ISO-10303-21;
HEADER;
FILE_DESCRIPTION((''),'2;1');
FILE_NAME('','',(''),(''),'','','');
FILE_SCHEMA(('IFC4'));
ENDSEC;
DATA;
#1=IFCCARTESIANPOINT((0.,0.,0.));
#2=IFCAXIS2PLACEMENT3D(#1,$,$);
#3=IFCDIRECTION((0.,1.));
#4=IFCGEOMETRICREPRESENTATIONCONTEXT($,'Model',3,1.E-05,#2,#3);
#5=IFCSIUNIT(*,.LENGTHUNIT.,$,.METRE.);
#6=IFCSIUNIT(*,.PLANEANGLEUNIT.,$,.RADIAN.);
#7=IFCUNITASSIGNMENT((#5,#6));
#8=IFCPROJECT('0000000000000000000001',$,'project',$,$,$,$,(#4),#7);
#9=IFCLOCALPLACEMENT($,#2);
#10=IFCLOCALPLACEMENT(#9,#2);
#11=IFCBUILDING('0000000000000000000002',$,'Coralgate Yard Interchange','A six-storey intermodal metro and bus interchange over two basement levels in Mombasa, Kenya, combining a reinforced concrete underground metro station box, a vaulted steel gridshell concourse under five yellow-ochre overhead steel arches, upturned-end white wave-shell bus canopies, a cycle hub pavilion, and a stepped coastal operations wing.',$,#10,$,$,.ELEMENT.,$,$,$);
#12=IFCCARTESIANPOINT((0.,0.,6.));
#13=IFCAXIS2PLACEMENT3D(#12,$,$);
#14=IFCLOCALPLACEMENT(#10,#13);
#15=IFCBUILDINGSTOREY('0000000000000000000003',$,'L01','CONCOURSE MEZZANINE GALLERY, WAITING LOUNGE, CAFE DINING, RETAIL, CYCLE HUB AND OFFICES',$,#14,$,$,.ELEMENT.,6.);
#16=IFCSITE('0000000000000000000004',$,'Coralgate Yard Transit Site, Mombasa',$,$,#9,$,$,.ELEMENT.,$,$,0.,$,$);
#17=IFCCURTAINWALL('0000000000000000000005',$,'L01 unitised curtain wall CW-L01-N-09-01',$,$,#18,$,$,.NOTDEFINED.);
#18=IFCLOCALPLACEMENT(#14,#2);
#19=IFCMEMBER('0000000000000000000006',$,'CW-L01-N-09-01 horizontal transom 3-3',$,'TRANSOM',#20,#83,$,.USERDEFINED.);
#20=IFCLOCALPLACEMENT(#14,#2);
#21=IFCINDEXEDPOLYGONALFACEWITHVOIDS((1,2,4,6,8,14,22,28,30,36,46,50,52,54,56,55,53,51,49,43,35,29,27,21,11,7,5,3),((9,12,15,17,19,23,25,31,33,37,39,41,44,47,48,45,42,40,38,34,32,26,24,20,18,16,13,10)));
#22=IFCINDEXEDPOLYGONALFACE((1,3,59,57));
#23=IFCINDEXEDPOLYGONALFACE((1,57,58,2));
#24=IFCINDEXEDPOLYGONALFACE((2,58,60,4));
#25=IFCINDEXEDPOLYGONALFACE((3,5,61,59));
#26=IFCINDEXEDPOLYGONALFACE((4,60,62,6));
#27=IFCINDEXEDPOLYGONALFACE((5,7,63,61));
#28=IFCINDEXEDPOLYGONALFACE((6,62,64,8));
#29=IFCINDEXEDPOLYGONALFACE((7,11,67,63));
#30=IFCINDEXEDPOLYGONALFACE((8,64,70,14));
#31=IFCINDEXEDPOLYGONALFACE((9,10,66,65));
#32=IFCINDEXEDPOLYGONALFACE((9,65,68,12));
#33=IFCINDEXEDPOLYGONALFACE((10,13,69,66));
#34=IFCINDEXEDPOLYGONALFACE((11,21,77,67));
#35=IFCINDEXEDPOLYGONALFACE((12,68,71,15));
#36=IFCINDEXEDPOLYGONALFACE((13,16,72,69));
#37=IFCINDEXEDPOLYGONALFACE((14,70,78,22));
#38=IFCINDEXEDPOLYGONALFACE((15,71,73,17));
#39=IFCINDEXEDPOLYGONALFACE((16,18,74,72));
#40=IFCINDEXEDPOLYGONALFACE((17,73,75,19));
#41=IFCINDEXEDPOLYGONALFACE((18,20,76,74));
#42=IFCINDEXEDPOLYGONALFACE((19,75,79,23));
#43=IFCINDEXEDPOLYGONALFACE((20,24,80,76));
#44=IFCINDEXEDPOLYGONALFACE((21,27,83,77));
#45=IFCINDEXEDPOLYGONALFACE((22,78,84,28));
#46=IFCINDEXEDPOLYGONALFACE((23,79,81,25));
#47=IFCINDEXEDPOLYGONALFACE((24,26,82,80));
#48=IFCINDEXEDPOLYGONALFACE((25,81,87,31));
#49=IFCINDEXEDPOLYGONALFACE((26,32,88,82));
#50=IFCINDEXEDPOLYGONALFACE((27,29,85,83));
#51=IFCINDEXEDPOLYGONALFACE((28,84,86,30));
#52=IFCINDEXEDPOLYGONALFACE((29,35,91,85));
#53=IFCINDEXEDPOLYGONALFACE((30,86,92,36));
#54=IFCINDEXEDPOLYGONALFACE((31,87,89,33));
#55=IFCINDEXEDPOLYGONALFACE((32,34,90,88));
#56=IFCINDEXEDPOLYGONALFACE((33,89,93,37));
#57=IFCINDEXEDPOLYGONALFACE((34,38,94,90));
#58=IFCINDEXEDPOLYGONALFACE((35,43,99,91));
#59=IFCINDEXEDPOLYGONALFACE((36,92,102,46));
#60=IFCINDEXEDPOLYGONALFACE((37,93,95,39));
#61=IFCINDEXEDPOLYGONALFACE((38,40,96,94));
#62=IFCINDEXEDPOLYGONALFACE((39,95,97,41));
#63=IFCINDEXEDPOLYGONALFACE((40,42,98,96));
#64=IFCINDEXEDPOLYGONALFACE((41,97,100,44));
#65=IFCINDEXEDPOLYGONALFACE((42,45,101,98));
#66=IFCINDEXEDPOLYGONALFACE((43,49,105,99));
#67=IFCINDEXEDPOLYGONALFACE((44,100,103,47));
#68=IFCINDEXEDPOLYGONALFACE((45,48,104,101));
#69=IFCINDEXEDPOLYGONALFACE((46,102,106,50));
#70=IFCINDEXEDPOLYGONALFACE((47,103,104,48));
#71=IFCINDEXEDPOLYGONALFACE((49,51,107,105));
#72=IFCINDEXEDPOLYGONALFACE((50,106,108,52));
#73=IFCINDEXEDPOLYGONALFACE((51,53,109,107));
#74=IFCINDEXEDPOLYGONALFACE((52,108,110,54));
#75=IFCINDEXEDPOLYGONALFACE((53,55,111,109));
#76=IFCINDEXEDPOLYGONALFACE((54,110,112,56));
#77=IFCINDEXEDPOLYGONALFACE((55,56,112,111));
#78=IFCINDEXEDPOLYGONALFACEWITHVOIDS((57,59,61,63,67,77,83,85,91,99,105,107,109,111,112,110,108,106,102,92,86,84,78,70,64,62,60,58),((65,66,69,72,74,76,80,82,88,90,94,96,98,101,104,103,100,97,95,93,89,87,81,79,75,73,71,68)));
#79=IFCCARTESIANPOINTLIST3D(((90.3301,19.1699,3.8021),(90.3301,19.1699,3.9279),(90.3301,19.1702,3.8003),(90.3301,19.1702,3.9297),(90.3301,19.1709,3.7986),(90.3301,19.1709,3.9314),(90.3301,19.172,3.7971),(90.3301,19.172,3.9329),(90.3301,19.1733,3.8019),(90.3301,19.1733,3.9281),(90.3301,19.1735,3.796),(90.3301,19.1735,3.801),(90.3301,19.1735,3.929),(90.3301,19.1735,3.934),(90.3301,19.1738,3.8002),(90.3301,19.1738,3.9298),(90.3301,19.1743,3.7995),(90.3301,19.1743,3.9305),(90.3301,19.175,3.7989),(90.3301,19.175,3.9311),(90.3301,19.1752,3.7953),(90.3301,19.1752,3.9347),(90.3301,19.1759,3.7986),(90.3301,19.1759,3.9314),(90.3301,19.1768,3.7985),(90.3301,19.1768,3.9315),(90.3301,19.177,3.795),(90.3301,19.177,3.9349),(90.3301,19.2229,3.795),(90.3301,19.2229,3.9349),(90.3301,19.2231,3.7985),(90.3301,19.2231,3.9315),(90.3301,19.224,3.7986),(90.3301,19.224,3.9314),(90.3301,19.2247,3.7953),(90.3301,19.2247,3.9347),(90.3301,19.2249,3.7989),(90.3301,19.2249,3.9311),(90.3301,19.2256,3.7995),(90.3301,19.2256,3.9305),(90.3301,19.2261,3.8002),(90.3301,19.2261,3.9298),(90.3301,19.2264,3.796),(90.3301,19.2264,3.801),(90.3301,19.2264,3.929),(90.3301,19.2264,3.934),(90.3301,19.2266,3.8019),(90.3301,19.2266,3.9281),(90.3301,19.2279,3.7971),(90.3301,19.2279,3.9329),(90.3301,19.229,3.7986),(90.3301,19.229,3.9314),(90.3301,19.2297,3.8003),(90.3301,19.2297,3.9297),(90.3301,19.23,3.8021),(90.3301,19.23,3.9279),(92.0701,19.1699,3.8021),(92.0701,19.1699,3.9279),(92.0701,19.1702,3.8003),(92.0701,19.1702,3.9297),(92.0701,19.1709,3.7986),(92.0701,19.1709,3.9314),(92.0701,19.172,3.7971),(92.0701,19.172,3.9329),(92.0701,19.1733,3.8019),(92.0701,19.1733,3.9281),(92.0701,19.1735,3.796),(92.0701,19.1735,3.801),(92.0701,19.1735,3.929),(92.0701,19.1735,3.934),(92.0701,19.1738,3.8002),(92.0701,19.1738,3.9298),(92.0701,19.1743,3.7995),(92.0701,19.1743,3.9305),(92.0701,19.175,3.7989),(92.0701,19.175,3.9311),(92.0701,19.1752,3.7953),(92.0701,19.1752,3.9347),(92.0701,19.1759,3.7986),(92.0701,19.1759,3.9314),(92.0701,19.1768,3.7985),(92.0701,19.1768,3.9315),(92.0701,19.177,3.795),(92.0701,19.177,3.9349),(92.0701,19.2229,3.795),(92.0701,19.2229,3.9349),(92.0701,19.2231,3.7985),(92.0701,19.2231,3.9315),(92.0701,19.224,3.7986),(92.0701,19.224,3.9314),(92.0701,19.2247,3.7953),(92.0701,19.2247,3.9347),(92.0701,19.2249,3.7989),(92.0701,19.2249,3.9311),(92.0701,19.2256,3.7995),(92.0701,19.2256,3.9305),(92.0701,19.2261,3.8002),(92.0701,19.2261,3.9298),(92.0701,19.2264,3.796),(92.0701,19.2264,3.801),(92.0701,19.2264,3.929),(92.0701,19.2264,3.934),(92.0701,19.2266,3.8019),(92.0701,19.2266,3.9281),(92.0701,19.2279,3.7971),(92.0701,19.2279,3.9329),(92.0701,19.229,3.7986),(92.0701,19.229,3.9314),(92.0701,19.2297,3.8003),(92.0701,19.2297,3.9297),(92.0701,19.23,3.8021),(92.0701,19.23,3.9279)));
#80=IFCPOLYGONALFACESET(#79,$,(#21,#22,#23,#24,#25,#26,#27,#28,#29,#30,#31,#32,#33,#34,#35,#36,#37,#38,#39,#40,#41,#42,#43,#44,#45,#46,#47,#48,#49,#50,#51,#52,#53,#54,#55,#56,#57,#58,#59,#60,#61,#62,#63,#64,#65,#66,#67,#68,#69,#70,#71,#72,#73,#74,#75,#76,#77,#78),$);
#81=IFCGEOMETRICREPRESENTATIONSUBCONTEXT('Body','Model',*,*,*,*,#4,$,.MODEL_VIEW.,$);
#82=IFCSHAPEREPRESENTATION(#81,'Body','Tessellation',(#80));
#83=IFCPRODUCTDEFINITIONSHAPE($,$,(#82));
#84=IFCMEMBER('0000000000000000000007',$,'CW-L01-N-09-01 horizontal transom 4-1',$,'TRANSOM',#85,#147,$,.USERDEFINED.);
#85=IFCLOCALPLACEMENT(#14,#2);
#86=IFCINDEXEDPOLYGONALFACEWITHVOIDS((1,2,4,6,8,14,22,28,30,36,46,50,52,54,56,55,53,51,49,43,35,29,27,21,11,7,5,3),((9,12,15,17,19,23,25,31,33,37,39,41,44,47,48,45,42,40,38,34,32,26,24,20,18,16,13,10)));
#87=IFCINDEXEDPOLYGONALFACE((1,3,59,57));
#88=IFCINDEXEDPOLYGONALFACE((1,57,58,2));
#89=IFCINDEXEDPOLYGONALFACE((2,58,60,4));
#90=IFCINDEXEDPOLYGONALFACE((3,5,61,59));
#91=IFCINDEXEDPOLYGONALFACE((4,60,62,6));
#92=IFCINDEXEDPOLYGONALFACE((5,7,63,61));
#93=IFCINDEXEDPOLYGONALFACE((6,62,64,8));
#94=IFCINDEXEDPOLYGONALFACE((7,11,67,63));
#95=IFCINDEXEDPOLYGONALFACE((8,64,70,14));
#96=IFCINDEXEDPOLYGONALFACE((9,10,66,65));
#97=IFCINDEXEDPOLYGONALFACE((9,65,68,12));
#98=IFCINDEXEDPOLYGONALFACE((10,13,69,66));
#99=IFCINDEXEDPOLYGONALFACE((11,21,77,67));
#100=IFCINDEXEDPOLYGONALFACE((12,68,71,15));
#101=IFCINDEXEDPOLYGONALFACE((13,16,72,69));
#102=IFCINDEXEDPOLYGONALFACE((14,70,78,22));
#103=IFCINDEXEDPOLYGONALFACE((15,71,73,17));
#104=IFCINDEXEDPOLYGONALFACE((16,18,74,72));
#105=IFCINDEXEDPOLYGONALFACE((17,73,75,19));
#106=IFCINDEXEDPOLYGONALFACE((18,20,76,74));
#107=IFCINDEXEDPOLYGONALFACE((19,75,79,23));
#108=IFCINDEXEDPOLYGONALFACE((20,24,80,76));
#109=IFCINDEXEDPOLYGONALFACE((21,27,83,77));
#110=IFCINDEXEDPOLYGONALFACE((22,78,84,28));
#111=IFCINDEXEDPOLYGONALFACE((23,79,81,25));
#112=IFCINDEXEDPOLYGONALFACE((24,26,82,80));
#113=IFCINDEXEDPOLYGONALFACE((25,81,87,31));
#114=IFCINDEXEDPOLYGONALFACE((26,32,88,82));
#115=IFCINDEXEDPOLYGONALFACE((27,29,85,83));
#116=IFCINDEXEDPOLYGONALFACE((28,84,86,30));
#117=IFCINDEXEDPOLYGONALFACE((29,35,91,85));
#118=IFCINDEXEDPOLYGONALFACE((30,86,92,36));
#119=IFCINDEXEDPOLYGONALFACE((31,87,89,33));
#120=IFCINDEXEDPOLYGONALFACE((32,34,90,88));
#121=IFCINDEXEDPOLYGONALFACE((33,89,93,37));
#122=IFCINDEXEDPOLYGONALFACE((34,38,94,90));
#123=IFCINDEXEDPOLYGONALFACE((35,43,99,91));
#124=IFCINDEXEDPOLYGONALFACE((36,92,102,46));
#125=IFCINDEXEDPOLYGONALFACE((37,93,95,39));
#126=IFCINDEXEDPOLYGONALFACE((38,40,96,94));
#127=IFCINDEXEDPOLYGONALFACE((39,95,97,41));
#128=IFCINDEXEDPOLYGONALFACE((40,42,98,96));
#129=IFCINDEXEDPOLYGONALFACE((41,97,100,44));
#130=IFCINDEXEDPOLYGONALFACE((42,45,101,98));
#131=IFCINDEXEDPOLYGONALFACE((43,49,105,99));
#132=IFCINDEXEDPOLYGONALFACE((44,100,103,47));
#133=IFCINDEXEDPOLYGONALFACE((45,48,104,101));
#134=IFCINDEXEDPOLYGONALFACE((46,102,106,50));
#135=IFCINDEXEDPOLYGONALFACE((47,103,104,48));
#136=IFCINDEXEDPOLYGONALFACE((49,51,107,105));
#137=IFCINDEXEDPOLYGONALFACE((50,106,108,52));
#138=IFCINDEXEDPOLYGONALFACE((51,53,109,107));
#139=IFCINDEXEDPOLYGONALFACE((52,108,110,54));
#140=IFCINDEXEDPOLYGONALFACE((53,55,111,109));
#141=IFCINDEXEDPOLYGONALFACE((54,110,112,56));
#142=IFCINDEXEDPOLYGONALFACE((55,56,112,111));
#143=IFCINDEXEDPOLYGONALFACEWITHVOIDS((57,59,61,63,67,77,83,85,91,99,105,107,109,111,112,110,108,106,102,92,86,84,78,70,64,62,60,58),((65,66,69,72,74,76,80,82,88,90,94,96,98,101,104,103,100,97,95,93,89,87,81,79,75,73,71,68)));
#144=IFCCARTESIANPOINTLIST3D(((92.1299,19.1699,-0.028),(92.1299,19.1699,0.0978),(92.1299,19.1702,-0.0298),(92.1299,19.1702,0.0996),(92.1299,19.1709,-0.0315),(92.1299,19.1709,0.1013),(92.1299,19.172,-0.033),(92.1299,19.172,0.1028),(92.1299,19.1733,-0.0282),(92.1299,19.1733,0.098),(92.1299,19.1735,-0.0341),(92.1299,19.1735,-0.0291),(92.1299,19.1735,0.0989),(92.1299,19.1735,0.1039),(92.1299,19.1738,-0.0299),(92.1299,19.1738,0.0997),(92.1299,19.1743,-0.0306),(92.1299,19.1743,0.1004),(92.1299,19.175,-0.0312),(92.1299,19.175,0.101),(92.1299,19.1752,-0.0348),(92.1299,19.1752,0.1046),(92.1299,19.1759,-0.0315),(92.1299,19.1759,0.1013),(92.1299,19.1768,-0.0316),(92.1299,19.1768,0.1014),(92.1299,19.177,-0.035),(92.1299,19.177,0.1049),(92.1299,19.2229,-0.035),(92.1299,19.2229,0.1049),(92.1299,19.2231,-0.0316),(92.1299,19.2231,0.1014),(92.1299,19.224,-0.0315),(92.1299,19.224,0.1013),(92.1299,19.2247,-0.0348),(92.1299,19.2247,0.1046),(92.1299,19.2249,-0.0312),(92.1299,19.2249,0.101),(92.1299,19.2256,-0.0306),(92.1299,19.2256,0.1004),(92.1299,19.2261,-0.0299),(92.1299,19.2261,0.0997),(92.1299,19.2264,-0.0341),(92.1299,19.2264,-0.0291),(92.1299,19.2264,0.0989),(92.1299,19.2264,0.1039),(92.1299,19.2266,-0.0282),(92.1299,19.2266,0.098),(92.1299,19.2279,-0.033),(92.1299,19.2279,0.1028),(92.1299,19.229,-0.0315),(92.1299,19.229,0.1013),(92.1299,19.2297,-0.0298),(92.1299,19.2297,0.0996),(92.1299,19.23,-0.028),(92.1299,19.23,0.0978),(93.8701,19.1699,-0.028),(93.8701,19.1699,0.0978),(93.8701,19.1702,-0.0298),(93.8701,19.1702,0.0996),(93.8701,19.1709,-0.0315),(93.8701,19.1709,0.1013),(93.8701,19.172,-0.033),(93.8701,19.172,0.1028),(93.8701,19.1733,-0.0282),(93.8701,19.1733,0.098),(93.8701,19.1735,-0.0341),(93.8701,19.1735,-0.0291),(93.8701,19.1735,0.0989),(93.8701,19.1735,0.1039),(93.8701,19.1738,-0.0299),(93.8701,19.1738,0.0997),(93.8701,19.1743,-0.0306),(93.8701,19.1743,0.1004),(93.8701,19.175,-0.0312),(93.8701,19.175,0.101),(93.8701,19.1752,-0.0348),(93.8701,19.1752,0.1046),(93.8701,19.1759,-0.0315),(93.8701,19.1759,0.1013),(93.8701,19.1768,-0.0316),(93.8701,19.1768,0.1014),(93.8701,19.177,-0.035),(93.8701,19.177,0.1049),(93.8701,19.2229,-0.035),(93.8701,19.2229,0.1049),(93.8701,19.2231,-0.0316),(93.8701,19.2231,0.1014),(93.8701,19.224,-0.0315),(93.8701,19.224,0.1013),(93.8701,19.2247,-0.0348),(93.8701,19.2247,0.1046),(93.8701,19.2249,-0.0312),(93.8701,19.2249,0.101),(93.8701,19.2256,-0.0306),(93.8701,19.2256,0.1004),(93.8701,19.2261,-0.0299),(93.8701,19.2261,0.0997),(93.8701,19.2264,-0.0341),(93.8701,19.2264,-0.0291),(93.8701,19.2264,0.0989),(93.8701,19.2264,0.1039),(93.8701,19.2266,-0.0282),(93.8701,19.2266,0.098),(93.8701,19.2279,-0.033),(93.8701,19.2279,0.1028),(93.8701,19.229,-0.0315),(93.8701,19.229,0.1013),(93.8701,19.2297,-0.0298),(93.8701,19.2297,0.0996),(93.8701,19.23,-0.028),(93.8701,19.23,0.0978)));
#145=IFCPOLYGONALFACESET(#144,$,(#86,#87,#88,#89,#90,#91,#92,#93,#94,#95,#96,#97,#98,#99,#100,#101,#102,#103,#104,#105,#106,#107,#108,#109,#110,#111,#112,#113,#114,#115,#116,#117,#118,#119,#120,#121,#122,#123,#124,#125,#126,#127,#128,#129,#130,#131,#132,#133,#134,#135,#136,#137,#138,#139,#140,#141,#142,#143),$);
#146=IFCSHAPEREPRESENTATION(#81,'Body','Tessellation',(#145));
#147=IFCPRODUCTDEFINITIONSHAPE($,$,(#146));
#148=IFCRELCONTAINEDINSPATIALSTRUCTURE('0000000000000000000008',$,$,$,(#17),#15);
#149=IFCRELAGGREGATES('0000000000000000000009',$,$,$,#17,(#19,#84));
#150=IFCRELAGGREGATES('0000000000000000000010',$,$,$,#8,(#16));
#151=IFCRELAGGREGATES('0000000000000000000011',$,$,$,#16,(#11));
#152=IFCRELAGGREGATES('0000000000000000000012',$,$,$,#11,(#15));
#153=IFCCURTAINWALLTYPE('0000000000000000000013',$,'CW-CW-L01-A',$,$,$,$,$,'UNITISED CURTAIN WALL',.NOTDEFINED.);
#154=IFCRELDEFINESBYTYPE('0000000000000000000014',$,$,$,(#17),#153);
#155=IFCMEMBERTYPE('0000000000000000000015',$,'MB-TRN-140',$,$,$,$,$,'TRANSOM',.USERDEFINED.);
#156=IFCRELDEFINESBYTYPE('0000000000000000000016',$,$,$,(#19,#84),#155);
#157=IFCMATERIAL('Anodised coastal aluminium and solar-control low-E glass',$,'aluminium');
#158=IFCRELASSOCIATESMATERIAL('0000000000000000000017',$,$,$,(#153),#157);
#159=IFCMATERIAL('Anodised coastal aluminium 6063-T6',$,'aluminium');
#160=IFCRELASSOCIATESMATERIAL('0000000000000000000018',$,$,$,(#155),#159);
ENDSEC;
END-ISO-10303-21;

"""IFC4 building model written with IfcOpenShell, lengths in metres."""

from ifc_helpers import new_model, si_unit, direction, frame, origin, origin_2d, place, context, subcontext, project, spatial, hollow_rectangle, extrude, material, material_profile, profile_set, type_object, element, aggregate, save


model = new_model("IFC4")

# Units and contexts
model_context = context("Model", 3, precision=1e-05, world=origin(), true_north=direction((0.0, 1.0)))
body_context = subcontext(model_context, "Body", "Model", "MODEL_VIEW")
ifc_project = project(units=[si_unit("LENGTHUNIT", "METRE"), si_unit("PLANEANGLEUNIT", "RADIAN")], contexts=[model_context])

# Site, building, storey
site_placement = place(None, origin())
site = spatial("IfcSite", under=ifc_project, at=site_placement, Name="Coralgate Yard Transit Site, Mombasa", CompositionType="ELEMENT", RefElevation=0.0)
building_placement = place(site_placement, origin())
building = spatial("IfcBuilding", under=site, at=building_placement, Name="Coralgate Yard Interchange", Description="A six-storey intermodal metro and bus interchange over two basement levels in Mombasa, Kenya, combining a reinforced concrete underground metro station box, a vaulted steel gridshell concourse under five yellow-ochre overhead steel arches, upturned-end white wave-shell bus canopies, a cycle hub pavilion, and a stepped coastal operations wing.", CompositionType="ELEMENT")
storey_placement = place(building_placement, frame((0.0, 0.0, 6.0)))
storey = spatial("IfcBuildingStorey", under=building, at=storey_placement, Name="L01", Description="CONCOURSE MEZZANINE GALLERY, WAITING LOUNGE, CAFE DINING, RETAIL, CYCLE HUB AND OFFICES", CompositionType="ELEMENT", Elevation=6.0)

# Curtain wall, members
ifc_material_1 = material(Name="Anodised coastal aluminium and solar-control low-E glass", Category="aluminium")
curtain_wall_type = type_object("IfcCurtainWallType", Name="CW-CW-L01-A", ElementType="UNITISED CURTAIN WALL", PredefinedType="NOTDEFINED", material=ifc_material_1)
curtain_wall_placement = place(storey_placement, origin())
curtain_wall = element("IfcCurtainWall", 1, at=curtain_wall_placement, inside=storey, type_object=curtain_wall_type, Name="L01 unitised curtain wall CW-L01-N-09-01", PredefinedType="NOTDEFINED")
ifc_material_2 = material(Name="Anodised coastal aluminium 6063-T6", Category="aluminium")
ifc_material_profile_1 = material_profile(ifc_material_2, hollow_rectangle(XDim=0.0601, YDim=0.1399, WallThickness=0.0034, InnerFilletRadius=0.0034, OuterFilletRadius=0.0071, at=origin_2d()), Name="ALU 60x140x3.5")
ifc_profile_set_1 = profile_set([ifc_material_profile_1], Name="Anodised coastal aluminium 6063-T6")
member_type_1 = type_object("IfcMemberType", Name="MB-TRN-140", ElementType="TRANSOM", PredefinedType="USERDEFINED", material=ifc_profile_set_1)
member_1_placement = place(storey_placement, frame((90.3301, 19.2, 3.865), z_axis=(1.0, 0.0, 0.0), x_axis=(0.0, 1.0, 0.0)))
member_1 = element("IfcMember", 2, at=member_1_placement, type_object=member_type_1, Name="CW-L01-N-09-01 horizontal transom 3-3", ObjectType="TRANSOM", PredefinedType="USERDEFINED", context=body_context, shape_type="SweptSolid", body=[
    extrude(hollow_rectangle(XDim=0.0601, YDim=0.1399, WallThickness=0.0034, InnerFilletRadius=0.0034, OuterFilletRadius=0.0071, at=origin_2d()), origin(), (0.0, 0.0, 1.0), 1.74),
])
member_2_placement = place(storey_placement, frame((92.1299, 19.2, 0.0349), z_axis=(1.0, 0.0, 0.0), x_axis=(0.0, 1.0, 0.0)))
member_2 = element("IfcMember", 3, at=member_2_placement, type_object=member_type_1, Name="CW-L01-N-09-01 horizontal transom 4-1", ObjectType="TRANSOM", PredefinedType="USERDEFINED", context=body_context, shape_type="SweptSolid", body=[
    extrude(hollow_rectangle(XDim=0.0601, YDim=0.1399, WallThickness=0.0034, InnerFilletRadius=0.0034, OuterFilletRadius=0.0071, at=origin_2d()), origin(), (0.0, 0.0, 1.0), 1.7402),
])
aggregate(curtain_wall, [member_1, member_2])

save(model, "model.ifc")
